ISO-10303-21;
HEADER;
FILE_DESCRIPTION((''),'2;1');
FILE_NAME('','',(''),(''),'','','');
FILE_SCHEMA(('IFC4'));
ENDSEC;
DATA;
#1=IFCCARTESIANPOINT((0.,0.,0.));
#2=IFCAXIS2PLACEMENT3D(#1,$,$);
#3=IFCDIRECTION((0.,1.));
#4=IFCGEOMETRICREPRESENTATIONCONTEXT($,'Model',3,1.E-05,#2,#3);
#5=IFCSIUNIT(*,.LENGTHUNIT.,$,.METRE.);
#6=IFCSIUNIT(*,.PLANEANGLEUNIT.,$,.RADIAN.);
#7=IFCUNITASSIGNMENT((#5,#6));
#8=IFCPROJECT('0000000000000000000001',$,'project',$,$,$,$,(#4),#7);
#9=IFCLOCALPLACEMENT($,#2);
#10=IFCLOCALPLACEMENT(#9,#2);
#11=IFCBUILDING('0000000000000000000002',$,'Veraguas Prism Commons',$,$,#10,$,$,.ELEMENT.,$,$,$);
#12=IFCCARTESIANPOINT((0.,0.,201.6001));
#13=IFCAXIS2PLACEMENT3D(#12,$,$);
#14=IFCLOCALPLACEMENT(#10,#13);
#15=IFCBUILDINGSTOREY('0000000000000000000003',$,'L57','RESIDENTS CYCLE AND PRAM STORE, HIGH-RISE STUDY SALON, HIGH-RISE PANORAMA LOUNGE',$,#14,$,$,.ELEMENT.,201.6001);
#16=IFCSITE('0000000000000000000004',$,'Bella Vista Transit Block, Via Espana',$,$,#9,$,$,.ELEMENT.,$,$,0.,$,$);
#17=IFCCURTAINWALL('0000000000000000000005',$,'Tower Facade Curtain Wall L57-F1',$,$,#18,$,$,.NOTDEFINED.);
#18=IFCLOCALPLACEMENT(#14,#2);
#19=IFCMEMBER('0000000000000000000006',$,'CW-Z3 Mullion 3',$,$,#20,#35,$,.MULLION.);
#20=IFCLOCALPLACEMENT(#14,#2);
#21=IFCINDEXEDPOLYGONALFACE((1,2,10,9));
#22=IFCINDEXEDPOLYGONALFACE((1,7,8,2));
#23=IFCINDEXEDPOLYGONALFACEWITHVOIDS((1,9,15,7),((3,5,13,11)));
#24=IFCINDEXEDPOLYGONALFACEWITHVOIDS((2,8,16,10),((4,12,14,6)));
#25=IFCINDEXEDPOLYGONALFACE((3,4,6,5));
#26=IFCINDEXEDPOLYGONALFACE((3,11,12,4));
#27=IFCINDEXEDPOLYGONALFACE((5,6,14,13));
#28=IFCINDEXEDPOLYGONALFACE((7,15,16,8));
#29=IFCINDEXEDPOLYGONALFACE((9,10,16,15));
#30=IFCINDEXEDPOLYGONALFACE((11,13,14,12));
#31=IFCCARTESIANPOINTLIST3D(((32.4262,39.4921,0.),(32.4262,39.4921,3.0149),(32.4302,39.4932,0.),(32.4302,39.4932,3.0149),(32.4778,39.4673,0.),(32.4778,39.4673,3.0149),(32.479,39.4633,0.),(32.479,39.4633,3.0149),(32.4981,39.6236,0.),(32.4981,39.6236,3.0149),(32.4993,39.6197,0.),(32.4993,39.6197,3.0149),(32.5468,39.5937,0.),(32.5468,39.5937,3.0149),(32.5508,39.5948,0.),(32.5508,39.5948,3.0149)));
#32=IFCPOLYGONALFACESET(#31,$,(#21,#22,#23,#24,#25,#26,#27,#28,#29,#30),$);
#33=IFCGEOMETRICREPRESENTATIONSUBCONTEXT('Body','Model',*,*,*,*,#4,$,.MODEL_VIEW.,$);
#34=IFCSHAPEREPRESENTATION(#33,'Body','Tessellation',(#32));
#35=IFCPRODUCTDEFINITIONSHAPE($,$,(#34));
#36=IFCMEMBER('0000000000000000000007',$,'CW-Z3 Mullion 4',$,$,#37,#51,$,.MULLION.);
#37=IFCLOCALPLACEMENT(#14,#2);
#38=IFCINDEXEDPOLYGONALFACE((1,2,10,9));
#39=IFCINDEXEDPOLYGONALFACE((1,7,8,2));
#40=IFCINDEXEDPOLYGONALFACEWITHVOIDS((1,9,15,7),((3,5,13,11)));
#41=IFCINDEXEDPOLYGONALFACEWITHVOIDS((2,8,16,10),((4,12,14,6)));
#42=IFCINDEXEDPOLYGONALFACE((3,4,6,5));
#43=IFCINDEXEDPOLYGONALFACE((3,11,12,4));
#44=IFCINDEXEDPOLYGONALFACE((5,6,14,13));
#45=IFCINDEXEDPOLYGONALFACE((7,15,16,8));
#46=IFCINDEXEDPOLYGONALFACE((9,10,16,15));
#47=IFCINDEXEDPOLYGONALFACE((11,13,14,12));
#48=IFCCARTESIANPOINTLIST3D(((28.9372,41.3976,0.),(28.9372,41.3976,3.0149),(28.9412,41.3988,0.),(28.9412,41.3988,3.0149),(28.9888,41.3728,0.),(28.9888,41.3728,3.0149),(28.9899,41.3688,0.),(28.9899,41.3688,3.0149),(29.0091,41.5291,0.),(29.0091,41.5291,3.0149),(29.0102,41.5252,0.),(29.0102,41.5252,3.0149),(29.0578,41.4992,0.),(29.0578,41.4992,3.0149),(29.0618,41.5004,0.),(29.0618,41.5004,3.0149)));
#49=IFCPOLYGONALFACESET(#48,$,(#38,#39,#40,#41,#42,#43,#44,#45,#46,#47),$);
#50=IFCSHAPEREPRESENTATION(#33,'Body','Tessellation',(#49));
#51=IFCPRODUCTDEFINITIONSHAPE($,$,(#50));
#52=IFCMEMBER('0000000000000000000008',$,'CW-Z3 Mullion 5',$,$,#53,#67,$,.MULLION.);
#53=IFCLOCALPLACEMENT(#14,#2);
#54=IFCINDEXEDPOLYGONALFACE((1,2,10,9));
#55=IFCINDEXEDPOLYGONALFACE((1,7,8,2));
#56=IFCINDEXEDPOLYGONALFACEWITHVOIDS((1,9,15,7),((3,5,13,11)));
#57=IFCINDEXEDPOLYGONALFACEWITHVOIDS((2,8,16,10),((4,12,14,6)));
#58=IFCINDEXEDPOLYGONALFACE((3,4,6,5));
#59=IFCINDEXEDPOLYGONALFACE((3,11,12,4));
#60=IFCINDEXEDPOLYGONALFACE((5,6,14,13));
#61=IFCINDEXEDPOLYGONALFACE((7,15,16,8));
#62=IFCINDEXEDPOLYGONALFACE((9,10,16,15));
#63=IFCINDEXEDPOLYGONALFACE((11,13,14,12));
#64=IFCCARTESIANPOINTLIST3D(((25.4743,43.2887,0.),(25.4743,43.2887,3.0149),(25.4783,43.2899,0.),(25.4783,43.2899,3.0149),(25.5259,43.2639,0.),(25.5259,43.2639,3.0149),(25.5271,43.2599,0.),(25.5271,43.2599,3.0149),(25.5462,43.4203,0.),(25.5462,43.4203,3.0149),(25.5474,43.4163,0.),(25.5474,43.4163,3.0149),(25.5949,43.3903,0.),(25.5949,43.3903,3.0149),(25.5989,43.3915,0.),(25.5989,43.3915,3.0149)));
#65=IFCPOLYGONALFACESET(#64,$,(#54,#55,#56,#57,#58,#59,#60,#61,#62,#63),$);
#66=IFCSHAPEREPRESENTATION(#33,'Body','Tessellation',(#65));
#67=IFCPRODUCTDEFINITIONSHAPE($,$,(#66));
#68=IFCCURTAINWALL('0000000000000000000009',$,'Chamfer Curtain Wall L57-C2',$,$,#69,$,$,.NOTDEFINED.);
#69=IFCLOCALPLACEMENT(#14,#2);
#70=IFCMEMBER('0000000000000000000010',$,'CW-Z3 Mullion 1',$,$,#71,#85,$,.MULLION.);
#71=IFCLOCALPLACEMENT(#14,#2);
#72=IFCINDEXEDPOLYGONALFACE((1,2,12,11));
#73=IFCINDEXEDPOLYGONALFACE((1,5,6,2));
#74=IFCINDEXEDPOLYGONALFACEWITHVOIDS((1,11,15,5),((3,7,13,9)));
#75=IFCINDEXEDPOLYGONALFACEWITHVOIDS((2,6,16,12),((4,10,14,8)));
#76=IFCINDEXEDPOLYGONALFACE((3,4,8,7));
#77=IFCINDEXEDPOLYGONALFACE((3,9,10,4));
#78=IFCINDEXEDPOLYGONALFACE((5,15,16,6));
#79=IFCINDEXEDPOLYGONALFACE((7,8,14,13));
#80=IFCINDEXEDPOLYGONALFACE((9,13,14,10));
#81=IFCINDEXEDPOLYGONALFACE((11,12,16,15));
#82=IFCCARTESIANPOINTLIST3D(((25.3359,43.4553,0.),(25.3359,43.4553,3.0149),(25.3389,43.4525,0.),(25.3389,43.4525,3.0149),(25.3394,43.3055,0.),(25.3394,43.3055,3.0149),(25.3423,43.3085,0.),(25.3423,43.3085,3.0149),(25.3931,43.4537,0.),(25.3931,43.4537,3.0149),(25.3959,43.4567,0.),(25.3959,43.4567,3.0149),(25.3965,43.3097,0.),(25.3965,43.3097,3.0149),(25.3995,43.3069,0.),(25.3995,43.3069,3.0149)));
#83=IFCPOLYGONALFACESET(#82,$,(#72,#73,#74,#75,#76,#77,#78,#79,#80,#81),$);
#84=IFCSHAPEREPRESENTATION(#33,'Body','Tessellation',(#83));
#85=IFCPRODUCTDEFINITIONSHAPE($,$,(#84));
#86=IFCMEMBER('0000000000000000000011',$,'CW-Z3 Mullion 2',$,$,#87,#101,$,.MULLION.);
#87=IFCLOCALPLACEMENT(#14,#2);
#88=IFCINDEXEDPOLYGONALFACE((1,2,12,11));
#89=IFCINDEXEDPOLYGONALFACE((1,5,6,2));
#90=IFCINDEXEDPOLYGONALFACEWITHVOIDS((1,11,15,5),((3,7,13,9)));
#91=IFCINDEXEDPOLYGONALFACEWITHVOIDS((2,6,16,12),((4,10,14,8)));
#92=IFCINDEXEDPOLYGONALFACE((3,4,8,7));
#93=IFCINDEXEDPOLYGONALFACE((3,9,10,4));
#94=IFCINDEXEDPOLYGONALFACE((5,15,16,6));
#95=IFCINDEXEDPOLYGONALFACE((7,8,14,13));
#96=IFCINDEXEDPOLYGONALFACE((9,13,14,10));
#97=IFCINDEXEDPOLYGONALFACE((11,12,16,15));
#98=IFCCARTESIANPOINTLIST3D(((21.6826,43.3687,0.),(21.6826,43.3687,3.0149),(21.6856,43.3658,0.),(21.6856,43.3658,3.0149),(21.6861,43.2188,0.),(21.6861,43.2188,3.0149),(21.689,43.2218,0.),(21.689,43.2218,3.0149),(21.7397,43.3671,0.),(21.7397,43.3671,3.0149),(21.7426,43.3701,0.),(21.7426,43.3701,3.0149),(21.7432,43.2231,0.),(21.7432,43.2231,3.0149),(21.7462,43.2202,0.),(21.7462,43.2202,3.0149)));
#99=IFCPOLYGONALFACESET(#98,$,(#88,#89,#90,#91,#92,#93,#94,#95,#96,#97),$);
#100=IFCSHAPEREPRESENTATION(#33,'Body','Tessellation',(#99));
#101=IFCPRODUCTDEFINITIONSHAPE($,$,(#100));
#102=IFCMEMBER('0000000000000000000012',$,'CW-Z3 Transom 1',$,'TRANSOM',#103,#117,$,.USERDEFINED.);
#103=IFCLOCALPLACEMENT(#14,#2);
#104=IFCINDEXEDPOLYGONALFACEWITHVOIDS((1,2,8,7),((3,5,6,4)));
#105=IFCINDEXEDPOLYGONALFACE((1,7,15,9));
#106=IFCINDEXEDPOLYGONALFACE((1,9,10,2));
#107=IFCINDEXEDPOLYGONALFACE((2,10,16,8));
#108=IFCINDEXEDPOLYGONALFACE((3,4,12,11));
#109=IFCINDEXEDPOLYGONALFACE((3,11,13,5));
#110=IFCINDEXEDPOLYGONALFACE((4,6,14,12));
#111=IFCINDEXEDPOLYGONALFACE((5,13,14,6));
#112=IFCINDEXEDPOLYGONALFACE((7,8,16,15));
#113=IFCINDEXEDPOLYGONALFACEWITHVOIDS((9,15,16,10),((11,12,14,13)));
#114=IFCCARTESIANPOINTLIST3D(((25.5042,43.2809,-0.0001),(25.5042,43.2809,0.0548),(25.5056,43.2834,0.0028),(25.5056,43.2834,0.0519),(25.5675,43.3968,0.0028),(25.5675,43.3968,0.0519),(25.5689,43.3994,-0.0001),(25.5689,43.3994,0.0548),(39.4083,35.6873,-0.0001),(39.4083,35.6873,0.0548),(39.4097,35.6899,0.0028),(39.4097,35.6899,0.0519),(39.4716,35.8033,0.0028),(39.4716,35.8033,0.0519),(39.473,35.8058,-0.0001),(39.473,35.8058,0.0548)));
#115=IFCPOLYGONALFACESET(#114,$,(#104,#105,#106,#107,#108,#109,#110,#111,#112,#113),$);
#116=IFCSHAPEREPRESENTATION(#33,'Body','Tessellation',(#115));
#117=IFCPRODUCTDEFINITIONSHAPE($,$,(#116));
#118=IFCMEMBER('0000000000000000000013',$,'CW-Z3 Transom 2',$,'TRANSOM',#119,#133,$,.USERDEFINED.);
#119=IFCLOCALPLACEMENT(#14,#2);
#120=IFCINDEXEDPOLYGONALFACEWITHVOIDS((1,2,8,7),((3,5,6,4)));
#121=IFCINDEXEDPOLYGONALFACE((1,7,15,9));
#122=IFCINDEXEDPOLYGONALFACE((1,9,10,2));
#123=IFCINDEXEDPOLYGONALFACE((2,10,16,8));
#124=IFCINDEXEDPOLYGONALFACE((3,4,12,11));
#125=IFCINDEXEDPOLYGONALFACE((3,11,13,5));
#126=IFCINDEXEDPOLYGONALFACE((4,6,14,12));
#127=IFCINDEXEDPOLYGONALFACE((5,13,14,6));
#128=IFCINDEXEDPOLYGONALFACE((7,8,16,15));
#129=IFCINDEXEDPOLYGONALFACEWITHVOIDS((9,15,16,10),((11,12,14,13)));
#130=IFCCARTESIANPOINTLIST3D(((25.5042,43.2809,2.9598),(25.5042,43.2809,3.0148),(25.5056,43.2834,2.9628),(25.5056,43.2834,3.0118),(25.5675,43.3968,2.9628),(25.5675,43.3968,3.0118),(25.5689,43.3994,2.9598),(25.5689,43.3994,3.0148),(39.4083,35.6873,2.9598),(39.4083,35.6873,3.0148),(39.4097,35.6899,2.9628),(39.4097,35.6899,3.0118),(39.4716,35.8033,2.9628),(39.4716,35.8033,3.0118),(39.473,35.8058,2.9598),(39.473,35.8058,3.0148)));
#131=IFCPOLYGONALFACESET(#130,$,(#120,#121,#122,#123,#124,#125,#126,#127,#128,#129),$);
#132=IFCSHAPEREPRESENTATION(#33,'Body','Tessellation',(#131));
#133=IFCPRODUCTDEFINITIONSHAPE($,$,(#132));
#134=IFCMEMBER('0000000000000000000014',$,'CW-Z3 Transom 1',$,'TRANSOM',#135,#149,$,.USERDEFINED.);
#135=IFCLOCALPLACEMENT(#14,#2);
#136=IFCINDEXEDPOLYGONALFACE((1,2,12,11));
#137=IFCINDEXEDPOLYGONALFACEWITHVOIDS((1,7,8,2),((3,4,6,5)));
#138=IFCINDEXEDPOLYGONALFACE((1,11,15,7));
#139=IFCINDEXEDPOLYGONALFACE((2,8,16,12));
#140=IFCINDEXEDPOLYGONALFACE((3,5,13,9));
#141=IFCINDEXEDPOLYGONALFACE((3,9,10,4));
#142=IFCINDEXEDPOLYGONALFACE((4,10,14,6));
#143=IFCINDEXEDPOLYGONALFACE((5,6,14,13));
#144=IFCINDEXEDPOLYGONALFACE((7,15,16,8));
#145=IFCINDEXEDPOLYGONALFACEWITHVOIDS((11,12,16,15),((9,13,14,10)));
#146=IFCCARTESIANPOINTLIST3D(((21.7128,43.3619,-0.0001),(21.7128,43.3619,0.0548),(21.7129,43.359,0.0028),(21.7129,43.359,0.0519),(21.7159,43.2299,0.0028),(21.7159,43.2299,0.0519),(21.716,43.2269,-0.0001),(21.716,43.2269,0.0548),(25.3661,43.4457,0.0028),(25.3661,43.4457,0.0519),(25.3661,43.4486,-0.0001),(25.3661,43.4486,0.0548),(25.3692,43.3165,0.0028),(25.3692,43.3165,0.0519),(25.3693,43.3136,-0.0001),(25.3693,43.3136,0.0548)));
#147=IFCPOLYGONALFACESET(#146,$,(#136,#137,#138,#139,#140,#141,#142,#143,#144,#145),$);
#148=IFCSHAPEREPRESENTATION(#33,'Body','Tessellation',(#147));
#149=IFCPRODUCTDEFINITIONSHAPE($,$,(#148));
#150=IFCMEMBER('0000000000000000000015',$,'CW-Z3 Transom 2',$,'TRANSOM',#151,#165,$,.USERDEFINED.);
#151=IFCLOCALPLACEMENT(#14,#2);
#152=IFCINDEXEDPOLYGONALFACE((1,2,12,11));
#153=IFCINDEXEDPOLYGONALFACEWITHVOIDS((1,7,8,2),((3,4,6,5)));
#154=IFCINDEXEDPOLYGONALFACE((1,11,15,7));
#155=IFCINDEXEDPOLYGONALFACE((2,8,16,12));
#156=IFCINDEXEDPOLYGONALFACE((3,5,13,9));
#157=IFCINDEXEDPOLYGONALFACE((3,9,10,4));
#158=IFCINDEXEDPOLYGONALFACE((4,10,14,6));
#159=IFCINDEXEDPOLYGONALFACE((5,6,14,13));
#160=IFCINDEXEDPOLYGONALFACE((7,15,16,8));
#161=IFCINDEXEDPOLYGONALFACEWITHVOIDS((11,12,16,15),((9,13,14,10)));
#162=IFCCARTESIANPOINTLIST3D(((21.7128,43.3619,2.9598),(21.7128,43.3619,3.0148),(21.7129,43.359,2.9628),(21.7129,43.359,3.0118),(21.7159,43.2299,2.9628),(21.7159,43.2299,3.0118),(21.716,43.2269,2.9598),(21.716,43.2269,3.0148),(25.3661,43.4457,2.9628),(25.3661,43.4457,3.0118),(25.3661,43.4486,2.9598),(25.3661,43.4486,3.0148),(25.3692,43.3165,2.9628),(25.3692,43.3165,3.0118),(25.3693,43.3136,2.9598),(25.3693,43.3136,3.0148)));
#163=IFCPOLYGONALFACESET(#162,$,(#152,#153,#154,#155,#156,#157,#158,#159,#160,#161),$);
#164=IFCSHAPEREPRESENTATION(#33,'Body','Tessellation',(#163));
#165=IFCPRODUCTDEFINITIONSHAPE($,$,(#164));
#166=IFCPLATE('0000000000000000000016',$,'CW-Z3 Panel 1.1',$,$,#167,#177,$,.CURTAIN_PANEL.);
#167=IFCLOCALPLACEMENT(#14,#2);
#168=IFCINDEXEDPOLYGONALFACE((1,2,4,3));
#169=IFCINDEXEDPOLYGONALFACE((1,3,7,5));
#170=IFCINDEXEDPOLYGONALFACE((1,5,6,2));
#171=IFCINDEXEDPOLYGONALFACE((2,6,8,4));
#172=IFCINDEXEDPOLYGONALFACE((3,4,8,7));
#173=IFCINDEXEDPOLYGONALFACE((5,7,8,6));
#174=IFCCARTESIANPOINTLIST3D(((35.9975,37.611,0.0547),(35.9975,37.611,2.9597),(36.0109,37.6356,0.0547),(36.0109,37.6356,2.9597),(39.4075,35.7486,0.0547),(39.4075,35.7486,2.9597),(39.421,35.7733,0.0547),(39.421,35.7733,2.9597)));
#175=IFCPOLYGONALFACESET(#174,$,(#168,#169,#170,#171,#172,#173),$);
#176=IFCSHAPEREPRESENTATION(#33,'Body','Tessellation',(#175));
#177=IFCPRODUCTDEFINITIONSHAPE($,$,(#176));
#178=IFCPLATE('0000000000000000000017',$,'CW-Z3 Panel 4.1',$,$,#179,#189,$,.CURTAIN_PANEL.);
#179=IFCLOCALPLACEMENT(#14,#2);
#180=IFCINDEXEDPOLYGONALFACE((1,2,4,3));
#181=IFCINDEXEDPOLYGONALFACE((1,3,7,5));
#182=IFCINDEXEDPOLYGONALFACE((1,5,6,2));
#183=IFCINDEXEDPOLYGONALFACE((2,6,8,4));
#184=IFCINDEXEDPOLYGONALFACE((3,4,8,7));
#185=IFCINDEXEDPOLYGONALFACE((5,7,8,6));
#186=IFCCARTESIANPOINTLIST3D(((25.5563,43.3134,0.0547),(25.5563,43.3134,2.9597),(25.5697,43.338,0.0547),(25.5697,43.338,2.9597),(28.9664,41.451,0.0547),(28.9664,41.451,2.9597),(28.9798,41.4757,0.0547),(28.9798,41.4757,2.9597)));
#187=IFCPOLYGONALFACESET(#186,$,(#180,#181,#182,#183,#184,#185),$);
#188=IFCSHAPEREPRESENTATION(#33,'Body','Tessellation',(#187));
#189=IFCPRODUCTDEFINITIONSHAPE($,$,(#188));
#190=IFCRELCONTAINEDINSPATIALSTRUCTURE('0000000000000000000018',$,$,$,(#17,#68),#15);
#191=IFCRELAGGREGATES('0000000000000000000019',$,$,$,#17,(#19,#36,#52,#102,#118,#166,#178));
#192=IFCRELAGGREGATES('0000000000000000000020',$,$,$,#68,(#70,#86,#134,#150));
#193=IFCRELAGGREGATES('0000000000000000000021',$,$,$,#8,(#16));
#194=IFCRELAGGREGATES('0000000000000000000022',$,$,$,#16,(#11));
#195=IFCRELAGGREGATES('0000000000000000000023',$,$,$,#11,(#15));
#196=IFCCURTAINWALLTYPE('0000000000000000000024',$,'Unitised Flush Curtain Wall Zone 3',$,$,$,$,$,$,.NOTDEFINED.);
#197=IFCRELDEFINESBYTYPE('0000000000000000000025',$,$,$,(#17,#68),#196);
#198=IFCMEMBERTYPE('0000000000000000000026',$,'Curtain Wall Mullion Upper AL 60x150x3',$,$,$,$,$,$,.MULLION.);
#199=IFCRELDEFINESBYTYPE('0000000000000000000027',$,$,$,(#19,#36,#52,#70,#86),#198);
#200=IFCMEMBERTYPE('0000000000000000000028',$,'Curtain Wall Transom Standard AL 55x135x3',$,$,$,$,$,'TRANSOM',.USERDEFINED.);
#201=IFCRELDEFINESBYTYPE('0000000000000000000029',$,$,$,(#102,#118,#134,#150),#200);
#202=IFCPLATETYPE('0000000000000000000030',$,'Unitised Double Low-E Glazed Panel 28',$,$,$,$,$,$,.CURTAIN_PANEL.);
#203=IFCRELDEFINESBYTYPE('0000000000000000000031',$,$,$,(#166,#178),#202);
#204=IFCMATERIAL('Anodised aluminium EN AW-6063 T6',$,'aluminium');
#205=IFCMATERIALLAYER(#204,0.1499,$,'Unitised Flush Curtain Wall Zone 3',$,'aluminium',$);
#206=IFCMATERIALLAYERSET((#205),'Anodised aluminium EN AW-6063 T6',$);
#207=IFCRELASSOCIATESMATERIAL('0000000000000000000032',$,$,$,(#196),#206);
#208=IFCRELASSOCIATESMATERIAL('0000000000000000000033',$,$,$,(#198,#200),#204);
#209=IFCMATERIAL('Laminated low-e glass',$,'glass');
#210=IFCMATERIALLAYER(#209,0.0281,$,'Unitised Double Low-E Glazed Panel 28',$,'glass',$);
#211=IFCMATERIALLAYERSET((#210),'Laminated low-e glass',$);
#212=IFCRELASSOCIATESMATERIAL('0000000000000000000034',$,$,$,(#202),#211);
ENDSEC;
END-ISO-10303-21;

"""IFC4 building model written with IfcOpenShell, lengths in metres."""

from ifc_helpers import new_model, si_unit, direction, frame, origin, origin_2d, place, context, subcontext, project, spatial, rectangle, hollow_rectangle, extrude, source, transform, mapped, material, layer, layer_set, material_profile, profile_set, type_object, element, aggregate, save


model = new_model("IFC4")

# Units and contexts
model_context = context("Model", 3, precision=1e-05, world=origin(), true_north=direction((0.0, 1.0)))
body_context = subcontext(model_context, "Body", "Model", "MODEL_VIEW")
ifc_project = project(units=[si_unit("LENGTHUNIT", "METRE"), si_unit("PLANEANGLEUNIT", "RADIAN")], contexts=[model_context])

# Site, building, storey
site_placement = place(None, origin())
site = spatial("IfcSite", under=ifc_project, at=site_placement, Name="Bella Vista Transit Block, Via Espana", CompositionType="ELEMENT", RefElevation=0.0)
building_placement = place(site_placement, origin())
building = spatial("IfcBuilding", under=site, at=building_placement, Name="Veraguas Prism Commons", CompositionType="ELEMENT")
storey_placement = place(building_placement, frame((0.0, 0.0, 201.6001)))
storey = spatial("IfcBuildingStorey", under=building, at=storey_placement, Name="L57", Description="RESIDENTS CYCLE AND PRAM STORE, HIGH-RISE STUDY SALON, HIGH-RISE PANORAMA LOUNGE", CompositionType="ELEMENT", Elevation=201.6001)

# Curtain walls, members
ifc_material_1 = material(Name="Anodised aluminium EN AW-6063 T6", Category="aluminium")
ifc_layer_1 = layer(ifc_material_1, 0.1499, Name="Unitised Flush Curtain Wall Zone 3", Category="aluminium")
ifc_layer_set_1 = layer_set([ifc_layer_1], Name="Anodised aluminium EN AW-6063 T6")
curtain_wall_type = type_object("IfcCurtainWallType", Name="Unitised Flush Curtain Wall Zone 3", PredefinedType="NOTDEFINED", material=ifc_layer_set_1)
curtain_wall_1_placement = place(storey_placement, origin())
curtain_wall_1 = element("IfcCurtainWall", 1, at=curtain_wall_1_placement, inside=storey, type_object=curtain_wall_type, Name="Tower Facade Curtain Wall L57-F1", PredefinedType="NOTDEFINED")
ifc_material_profile_1 = material_profile(ifc_material_1, hollow_rectangle(XDim=0.0601, YDim=0.1499, WallThickness=0.0029, at=origin_2d()), Name="AL60X150X3")
ifc_profile_set_1 = profile_set([ifc_material_profile_1], Name="Anodised aluminium EN AW-6063 T6")
member_type_1 = type_object("IfcMemberType", Name="Curtain Wall Mullion Upper AL 60x150x3", PredefinedType="MULLION", material=ifc_profile_set_1)
shared_shape_1 = source(origin(), body_context, "Body", "SweptSolid", [
    extrude(hollow_rectangle(XDim=0.0601, YDim=0.1499, WallThickness=0.0029, at=origin_2d()), origin(), (0.0, 0.0, 1.0), 3.0149),
])
member_1_placement = place(storey_placement, frame((32.4885, 39.5435, 0.0), z_axis=(0.0, 0.0, 1.0), x_axis=(-0.877647, 0.479308, 0.0)))
member_1 = element("IfcMember", 2, at=member_1_placement, type_object=member_type_1, Name="CW-Z3 Mullion 3", PredefinedType="MULLION", context=body_context, shape_type="MappedRepresentation", body=[
    mapped(shared_shape_1, transform((0.0, 0.0, 0.0), scale=1.0)),
])
member_2_placement = place(storey_placement, frame((28.9995, 41.449, 0.0), z_axis=(0.0, 0.0, 1.0), x_axis=(-0.877647, 0.479308, 0.0)))
member_2 = element("IfcMember", 3, at=member_2_placement, type_object=member_type_1, Name="CW-Z3 Mullion 4", PredefinedType="MULLION", context=body_context, shape_type="MappedRepresentation", body=[
    mapped(shared_shape_1, transform((0.0, 0.0, 0.0), scale=1.0)),
])
member_3_placement = place(storey_placement, frame((25.5366, 43.3401, 0.0), z_axis=(0.0, 0.0, 1.0), x_axis=(-0.877647, 0.479308, 0.0)))
member_3 = element("IfcMember", 4, at=member_3_placement, type_object=member_type_1, Name="CW-Z3 Mullion 5", PredefinedType="MULLION", context=body_context, shape_type="MappedRepresentation", body=[
    mapped(shared_shape_1, transform((0.0, 0.0, 0.0), scale=1.0)),
])
curtain_wall_2_placement = place(storey_placement, origin())
curtain_wall_2 = element("IfcCurtainWall", 5, at=curtain_wall_2_placement, inside=storey, type_object=curtain_wall_type, Name="Chamfer Curtain Wall L57-C2", PredefinedType="NOTDEFINED")
member_4_placement = place(storey_placement, frame((25.3677, 43.3811, 0.0), z_axis=(0.0, 0.0, 1.0), x_axis=(-0.999718, -0.023746, 0.0)))
member_4 = element("IfcMember", 6, at=member_4_placement, type_object=member_type_1, Name="CW-Z3 Mullion 1", PredefinedType="MULLION", context=body_context, shape_type="MappedRepresentation", body=[
    mapped(shared_shape_1, transform((0.0, 0.0, 0.0), scale=1.0)),
])
member_5_placement = place(storey_placement, frame((21.7144, 43.2944, 0.0), z_axis=(0.0, 0.0, 1.0), x_axis=(-0.999718, -0.023746, 0.0)))
member_5 = element("IfcMember", 7, at=member_5_placement, type_object=member_type_1, Name="CW-Z3 Mullion 2", PredefinedType="MULLION", context=body_context, shape_type="MappedRepresentation", body=[
    mapped(shared_shape_1, transform((0.0, 0.0, 0.0), scale=1.0)),
])

# Members
ifc_material_profile_2 = material_profile(ifc_material_1, hollow_rectangle(XDim=0.0549, YDim=0.135, WallThickness=0.0029, at=origin_2d()), Name="AL55X135X3")
ifc_profile_set_2 = profile_set([ifc_material_profile_2], Name="Anodised aluminium EN AW-6063 T6")
member_type_2 = type_object("IfcMemberType", Name="Curtain Wall Transom Standard AL 55x135x3", ElementType="TRANSOM", PredefinedType="USERDEFINED", material=ifc_profile_set_2)
shared_shape_2 = source(origin(), body_context, "Body", "SweptSolid", [
    extrude(hollow_rectangle(XDim=0.0549, YDim=0.135, WallThickness=0.0029, at=origin_2d()), origin(), (0.0, 0.0, 1.0), 15.8425),
])
member_6_placement = place(storey_placement, frame((39.4407, 35.7466, 0.0273), z_axis=(-0.877644, 0.479313, 0.0), x_axis=(0.0, 0.0, 1.0)))
member_6 = element("IfcMember", 8, at=member_6_placement, type_object=member_type_2, Name="CW-Z3 Transom 1", ObjectType="TRANSOM", PredefinedType="USERDEFINED", context=body_context, shape_type="MappedRepresentation", body=[
    mapped(shared_shape_2, transform((0.0, 0.0, 0.0), scale=1.0)),
])
member_7_placement = place(storey_placement, frame((39.4407, 35.7466, 2.9873), z_axis=(-0.877644, 0.479313, 0.0), x_axis=(0.0, 0.0, 1.0)))
member_7 = element("IfcMember", 9, at=member_7_placement, type_object=member_type_2, Name="CW-Z3 Transom 2", ObjectType="TRANSOM", PredefinedType="USERDEFINED", context=body_context, shape_type="MappedRepresentation", body=[
    mapped(shared_shape_2, transform((0.0, 0.0, 0.0), scale=1.0)),
])
shared_shape_3 = source(origin(), body_context, "Body", "SweptSolid", [
    extrude(hollow_rectangle(XDim=0.0549, YDim=0.135, WallThickness=0.0029, at=origin_2d()), origin(), (0.0, 0.0, 1.0), 3.6543),
])
member_8_placement = place(storey_placement, frame((25.3677, 43.3811, 0.0273), z_axis=(-0.999719, -0.023717, 0.0), x_axis=(0.0, 0.0, 1.0)))
member_8 = element("IfcMember", 10, at=member_8_placement, type_object=member_type_2, Name="CW-Z3 Transom 1", ObjectType="TRANSOM", PredefinedType="USERDEFINED", context=body_context, shape_type="MappedRepresentation", body=[
    mapped(shared_shape_3, transform((0.0, 0.0, 0.0), scale=1.0)),
])
member_9_placement = place(storey_placement, frame((25.3677, 43.3811, 2.9873), z_axis=(-0.999719, -0.023717, 0.0), x_axis=(0.0, 0.0, 1.0)))
member_9 = element("IfcMember", 11, at=member_9_placement, type_object=member_type_2, Name="CW-Z3 Transom 2", ObjectType="TRANSOM", PredefinedType="USERDEFINED", context=body_context, shape_type="MappedRepresentation", body=[
    mapped(shared_shape_3, transform((0.0, 0.0, 0.0), scale=1.0)),
])

# Plates
ifc_material_2 = material(Name="Laminated low-e glass", Category="glass")
ifc_layer_2 = layer(ifc_material_2, 0.0281, Name="Unitised Double Low-E Glazed Panel 28", Category="glass")
ifc_layer_set_2 = layer_set([ifc_layer_2], Name="Laminated low-e glass")
plate_type = type_object("IfcPlateType", Name="Unitised Double Low-E Glazed Panel 28", PredefinedType="CURTAIN_PANEL", material=ifc_layer_set_2)
shared_shape_4 = source(origin(), body_context, "Body", "SweptSolid", [
    extrude(rectangle(XDim=3.8855, YDim=0.0281, at=origin_2d()), origin(), (0.0, 0.0, 1.0), 2.905),
])
plate_1_placement = place(storey_placement, frame((37.7092, 36.6921, 0.0547), z_axis=(0.0, 0.0, 1.0), x_axis=(-0.877647, 0.479308, 0.0)))
plate_1 = element("IfcPlate", 12, at=plate_1_placement, type_object=plate_type, Name="CW-Z3 Panel 1.1", PredefinedType="CURTAIN_PANEL", context=body_context, shape_type="MappedRepresentation", body=[
    mapped(shared_shape_4, transform((0.0, 0.0, 0.0), scale=1.0)),
])
plate_2_placement = place(storey_placement, frame((27.2681, 42.3945, 0.0547), z_axis=(0.0, 0.0, 1.0), x_axis=(-0.877647, 0.479308, 0.0)))
plate_2 = element("IfcPlate", 13, at=plate_2_placement, type_object=plate_type, Name="CW-Z3 Panel 4.1", PredefinedType="CURTAIN_PANEL", context=body_context, shape_type="MappedRepresentation", body=[
    mapped(shared_shape_4, transform((0.0, 0.0, 0.0), scale=1.0)),
])
aggregate(curtain_wall_1, [member_1, member_2, member_3, member_6, member_7, plate_1, plate_2])
aggregate(curtain_wall_2, [member_4, member_5, member_8, member_9])

save(model, "model.ifc")
